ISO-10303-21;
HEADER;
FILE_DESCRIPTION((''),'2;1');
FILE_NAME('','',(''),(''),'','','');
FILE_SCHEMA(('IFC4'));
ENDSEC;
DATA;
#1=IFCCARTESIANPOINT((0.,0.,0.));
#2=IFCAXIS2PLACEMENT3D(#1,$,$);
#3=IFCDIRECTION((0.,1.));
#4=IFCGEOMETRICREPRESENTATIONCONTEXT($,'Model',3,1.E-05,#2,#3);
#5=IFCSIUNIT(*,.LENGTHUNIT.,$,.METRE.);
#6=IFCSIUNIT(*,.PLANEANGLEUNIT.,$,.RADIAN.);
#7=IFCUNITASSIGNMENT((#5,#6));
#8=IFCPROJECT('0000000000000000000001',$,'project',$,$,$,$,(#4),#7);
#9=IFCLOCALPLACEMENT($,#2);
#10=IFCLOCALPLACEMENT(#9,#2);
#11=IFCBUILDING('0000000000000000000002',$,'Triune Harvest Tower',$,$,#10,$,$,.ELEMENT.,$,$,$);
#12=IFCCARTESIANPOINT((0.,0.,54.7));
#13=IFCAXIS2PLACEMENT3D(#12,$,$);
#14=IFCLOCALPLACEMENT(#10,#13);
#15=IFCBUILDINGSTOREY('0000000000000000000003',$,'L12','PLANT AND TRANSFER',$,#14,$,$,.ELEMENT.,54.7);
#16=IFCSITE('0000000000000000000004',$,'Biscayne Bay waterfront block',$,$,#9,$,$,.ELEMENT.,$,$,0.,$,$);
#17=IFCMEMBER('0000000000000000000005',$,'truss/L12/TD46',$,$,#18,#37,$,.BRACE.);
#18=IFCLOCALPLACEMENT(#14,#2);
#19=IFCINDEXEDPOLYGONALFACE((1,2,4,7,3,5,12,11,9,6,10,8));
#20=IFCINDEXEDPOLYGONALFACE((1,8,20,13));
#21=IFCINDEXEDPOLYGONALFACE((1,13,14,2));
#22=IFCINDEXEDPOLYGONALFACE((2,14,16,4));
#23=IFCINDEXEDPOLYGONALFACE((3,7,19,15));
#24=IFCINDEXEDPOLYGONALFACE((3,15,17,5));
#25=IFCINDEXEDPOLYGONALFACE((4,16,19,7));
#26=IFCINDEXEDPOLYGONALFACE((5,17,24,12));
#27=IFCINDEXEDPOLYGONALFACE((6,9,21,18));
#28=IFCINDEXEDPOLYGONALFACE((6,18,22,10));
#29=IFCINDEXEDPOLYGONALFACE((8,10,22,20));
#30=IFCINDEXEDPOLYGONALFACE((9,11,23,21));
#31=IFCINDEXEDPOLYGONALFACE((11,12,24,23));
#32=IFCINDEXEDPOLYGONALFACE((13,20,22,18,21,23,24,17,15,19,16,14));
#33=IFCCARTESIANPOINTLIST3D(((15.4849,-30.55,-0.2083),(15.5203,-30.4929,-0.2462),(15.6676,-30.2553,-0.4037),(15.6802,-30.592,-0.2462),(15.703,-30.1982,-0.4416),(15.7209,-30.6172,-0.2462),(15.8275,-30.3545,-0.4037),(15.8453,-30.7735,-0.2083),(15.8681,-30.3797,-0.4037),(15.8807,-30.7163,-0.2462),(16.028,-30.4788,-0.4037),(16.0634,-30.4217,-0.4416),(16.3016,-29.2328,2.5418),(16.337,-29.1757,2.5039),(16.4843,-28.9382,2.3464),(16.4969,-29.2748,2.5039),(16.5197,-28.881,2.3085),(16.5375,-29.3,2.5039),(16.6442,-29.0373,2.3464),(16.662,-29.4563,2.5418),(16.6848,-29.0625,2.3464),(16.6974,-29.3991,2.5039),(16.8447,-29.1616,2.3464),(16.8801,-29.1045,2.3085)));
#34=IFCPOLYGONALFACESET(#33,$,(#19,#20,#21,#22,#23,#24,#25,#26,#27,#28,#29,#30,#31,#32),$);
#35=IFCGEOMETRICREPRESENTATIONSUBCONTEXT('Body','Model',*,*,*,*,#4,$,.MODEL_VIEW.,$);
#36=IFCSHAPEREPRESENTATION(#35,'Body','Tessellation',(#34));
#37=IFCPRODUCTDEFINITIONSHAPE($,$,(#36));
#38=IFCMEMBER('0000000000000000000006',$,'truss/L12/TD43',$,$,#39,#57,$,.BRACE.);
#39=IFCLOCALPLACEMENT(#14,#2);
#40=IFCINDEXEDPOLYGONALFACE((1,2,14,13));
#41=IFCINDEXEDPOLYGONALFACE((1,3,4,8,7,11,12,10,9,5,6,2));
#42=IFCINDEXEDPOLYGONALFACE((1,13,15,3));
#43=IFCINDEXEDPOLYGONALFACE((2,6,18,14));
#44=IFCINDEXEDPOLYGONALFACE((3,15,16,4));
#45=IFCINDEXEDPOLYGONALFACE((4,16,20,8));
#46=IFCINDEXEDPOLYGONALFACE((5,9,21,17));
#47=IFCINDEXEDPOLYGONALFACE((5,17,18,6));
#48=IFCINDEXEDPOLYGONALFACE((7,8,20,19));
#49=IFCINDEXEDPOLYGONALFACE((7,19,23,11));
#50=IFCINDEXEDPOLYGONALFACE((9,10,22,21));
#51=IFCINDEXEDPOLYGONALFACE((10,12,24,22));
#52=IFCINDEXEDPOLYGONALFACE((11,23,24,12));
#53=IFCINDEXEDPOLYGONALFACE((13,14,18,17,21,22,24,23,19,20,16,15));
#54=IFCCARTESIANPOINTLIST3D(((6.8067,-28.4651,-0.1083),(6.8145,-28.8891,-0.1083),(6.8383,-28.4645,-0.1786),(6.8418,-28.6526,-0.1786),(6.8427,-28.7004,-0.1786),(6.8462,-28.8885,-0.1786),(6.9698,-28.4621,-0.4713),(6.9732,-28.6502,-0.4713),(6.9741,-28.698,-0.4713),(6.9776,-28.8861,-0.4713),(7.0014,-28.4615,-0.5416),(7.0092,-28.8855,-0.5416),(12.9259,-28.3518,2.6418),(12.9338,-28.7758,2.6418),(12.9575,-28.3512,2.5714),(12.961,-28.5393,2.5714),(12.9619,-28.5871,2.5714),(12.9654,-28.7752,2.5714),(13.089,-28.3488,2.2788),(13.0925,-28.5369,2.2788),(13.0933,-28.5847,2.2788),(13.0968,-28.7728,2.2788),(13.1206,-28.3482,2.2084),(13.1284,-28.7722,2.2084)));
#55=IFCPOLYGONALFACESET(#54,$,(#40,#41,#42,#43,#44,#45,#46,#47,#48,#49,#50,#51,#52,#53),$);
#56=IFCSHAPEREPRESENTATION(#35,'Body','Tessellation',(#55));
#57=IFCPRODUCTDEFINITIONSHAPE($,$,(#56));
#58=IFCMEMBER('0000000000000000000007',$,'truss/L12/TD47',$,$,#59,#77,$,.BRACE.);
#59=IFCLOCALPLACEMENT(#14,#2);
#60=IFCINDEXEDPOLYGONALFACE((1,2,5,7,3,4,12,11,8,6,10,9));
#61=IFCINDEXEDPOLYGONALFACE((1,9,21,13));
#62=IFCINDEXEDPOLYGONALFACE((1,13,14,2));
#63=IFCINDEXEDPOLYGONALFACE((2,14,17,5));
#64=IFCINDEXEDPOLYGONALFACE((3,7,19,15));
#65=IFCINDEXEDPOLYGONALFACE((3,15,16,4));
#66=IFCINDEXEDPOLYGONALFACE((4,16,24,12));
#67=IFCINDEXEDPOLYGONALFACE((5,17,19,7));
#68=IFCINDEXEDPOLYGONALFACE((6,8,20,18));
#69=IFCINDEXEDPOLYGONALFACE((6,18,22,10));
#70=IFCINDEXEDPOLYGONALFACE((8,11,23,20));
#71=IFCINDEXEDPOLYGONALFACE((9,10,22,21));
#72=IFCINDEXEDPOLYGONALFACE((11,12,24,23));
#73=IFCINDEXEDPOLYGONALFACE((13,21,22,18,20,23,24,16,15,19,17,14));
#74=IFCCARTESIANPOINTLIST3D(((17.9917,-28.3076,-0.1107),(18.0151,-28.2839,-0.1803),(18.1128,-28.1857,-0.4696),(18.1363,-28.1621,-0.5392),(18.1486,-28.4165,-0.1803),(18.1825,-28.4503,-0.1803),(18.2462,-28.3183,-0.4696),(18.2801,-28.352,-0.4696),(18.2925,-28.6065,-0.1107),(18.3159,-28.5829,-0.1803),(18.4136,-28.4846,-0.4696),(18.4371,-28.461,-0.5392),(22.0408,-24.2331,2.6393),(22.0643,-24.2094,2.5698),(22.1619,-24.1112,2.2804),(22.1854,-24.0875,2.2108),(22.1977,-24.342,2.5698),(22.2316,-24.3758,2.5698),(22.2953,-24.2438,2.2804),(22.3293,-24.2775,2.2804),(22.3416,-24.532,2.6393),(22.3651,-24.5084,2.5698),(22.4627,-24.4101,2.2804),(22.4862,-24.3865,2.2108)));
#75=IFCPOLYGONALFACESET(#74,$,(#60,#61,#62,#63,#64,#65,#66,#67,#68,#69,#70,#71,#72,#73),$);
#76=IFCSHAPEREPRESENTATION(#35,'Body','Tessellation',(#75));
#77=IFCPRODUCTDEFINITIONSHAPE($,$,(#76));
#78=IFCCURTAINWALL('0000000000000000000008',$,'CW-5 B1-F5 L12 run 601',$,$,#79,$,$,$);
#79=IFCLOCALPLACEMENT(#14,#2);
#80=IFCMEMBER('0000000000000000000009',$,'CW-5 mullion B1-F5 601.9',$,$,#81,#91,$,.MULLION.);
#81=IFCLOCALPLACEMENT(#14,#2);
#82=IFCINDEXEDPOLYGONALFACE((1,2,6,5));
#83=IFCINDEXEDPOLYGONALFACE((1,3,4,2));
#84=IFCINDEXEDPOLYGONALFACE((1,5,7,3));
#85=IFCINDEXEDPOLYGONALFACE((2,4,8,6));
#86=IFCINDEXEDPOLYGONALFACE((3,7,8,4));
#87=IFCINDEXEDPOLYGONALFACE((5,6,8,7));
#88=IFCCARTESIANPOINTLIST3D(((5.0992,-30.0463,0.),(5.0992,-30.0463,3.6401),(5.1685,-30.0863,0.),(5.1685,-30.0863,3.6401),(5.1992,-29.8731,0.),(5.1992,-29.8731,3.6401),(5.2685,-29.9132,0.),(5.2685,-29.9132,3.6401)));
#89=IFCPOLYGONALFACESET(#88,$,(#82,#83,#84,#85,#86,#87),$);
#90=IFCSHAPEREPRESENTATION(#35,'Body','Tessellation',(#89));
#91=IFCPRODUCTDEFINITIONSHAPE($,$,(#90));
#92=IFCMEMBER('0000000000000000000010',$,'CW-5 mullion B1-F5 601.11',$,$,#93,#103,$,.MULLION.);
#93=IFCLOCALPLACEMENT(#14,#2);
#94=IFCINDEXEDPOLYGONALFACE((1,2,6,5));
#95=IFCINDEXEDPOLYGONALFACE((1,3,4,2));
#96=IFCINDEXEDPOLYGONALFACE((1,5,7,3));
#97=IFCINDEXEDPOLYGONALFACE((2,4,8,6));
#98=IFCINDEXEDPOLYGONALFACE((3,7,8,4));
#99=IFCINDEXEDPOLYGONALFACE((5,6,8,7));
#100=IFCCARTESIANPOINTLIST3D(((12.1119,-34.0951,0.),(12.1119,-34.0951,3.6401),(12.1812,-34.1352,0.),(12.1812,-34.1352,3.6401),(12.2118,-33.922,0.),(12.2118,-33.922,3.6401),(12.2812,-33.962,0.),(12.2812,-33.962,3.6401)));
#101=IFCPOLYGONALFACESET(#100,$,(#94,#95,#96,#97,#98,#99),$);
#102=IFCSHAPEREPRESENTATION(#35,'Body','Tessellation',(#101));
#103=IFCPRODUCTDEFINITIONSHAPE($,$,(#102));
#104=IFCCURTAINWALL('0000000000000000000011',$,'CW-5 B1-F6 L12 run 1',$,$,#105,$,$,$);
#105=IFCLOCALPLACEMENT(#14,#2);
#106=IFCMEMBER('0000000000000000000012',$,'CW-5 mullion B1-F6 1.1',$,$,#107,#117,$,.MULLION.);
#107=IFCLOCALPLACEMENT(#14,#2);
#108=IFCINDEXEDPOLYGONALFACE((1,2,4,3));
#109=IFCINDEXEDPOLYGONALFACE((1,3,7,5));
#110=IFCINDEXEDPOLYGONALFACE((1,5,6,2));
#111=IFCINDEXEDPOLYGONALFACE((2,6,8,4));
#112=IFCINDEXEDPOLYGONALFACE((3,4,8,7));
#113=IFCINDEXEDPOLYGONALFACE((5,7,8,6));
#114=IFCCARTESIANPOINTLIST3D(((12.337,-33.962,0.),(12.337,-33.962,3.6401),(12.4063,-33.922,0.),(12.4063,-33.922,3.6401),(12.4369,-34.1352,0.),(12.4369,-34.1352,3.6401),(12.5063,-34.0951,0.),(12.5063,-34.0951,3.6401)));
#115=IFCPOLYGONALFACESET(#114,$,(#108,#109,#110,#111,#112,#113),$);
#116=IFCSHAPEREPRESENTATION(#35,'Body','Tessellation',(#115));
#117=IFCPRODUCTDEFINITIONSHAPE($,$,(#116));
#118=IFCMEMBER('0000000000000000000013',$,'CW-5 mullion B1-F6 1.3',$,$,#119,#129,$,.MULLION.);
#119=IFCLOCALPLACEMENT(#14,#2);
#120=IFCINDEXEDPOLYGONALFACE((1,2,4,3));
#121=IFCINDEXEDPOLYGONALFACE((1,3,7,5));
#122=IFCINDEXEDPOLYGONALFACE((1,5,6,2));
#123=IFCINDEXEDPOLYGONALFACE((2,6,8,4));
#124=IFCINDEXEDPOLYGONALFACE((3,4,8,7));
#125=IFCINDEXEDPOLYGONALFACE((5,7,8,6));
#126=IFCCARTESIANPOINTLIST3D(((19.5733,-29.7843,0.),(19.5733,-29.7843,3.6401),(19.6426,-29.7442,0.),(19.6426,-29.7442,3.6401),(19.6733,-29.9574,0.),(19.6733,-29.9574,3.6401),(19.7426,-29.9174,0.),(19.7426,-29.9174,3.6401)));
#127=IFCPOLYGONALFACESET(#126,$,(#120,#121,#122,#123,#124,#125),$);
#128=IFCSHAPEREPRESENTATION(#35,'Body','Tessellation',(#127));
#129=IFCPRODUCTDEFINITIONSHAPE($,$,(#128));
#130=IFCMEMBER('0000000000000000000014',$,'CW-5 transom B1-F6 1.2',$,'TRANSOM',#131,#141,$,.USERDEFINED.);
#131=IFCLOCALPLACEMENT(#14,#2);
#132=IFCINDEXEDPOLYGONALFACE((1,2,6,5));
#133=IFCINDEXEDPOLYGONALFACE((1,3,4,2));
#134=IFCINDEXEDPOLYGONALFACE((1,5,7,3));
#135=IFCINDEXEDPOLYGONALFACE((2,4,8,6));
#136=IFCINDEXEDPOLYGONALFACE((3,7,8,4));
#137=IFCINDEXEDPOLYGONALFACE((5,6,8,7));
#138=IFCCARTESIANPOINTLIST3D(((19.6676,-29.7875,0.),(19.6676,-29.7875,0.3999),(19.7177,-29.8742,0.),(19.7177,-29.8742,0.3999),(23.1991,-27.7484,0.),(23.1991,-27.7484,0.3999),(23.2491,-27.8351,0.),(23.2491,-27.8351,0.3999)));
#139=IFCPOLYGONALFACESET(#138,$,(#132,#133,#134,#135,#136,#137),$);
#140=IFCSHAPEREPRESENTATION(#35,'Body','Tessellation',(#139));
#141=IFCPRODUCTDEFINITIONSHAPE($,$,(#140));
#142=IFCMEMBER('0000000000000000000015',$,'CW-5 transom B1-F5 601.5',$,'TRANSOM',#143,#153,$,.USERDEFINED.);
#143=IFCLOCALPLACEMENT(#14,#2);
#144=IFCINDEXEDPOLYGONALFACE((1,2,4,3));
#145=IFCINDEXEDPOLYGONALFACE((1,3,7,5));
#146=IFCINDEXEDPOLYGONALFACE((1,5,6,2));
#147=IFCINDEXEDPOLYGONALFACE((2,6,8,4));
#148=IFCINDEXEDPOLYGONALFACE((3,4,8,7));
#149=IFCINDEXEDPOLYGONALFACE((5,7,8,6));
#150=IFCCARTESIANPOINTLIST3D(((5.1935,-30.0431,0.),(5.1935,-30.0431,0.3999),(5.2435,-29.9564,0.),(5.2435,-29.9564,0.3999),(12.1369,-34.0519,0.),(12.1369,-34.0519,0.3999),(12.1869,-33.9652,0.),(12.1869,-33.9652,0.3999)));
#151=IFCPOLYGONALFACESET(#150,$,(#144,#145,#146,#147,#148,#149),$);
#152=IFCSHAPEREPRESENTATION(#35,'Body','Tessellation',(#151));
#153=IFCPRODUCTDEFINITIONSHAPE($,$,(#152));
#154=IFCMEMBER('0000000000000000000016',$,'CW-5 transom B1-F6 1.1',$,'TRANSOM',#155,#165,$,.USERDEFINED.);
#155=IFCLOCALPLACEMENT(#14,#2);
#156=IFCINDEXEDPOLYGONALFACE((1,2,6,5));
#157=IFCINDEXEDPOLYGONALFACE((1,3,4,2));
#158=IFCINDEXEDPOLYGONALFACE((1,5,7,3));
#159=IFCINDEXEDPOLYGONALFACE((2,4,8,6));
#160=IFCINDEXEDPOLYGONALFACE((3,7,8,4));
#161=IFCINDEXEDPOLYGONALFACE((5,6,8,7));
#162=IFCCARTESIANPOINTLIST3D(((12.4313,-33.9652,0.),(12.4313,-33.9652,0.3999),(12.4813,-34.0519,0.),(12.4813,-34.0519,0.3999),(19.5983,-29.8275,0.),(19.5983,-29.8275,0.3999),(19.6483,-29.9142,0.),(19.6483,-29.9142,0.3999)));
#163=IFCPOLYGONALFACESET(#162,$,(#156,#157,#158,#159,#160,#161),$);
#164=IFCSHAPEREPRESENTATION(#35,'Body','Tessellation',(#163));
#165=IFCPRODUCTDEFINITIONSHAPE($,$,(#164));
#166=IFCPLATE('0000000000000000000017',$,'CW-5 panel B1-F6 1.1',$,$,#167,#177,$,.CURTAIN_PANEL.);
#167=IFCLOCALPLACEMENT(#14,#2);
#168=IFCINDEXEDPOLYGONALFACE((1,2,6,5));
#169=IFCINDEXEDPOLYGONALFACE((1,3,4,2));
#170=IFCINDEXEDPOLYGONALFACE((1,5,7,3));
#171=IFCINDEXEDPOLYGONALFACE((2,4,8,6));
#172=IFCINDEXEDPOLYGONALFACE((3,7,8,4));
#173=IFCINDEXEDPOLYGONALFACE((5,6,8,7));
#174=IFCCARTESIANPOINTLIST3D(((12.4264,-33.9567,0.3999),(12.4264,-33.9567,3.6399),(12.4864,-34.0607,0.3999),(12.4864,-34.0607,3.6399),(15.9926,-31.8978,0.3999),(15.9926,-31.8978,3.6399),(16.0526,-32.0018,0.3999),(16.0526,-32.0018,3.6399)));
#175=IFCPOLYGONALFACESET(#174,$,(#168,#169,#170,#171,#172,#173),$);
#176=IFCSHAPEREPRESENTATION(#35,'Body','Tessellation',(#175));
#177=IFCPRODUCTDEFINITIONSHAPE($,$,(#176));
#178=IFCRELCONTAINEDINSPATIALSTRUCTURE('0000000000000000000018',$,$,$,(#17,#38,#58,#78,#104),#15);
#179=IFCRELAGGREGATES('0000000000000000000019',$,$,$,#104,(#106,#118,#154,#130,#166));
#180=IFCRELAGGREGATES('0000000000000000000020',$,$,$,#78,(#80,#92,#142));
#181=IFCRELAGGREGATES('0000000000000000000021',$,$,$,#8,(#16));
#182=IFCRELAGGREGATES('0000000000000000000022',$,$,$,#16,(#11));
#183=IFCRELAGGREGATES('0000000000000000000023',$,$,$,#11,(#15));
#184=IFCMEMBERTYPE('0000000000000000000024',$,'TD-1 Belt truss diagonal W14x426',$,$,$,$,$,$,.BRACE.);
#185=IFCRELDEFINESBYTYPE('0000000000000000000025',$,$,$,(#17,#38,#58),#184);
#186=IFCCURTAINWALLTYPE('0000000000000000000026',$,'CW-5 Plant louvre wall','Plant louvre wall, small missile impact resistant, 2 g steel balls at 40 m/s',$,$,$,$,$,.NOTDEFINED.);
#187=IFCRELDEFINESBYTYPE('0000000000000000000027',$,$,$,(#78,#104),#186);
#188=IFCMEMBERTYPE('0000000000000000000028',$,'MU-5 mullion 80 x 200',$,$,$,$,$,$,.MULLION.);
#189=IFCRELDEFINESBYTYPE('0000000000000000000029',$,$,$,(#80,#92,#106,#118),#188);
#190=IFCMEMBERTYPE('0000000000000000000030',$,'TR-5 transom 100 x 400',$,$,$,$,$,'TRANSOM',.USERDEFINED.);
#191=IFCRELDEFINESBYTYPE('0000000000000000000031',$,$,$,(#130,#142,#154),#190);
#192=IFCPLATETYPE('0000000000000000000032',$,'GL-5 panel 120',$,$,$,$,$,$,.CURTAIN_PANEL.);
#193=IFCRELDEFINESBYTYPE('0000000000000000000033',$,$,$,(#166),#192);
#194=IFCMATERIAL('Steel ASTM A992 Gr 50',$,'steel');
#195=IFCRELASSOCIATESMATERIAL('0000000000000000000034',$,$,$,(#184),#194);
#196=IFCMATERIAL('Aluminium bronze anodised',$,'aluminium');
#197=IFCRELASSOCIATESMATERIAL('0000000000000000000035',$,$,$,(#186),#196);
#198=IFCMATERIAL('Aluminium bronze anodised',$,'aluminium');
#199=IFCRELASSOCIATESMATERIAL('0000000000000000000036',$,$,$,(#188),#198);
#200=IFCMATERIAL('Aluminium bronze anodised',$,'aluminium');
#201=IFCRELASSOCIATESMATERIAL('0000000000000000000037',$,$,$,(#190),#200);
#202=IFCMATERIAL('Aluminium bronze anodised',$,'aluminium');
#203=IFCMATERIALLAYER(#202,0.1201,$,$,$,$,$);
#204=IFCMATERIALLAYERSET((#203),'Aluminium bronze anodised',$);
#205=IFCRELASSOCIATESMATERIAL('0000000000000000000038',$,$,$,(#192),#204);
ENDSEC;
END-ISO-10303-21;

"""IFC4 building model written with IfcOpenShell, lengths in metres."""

from ifc_helpers import new_model, si_unit, direction, frame, origin, origin_2d, place, context, subcontext, project, spatial, rectangle, i_section, extrude, source, transform, mapped, material, layer, layer_set, material_profile, profile_set, type_object, element, aggregate, save


model = new_model("IFC4")

# Units and contexts
model_context = context("Model", 3, precision=1e-05, world=origin(), true_north=direction((0.0, 1.0)))
body_context = subcontext(model_context, "Body", "Model", "MODEL_VIEW")
ifc_project = project(units=[si_unit("LENGTHUNIT", "METRE"), si_unit("PLANEANGLEUNIT", "RADIAN")], contexts=[model_context])

# Site, building, storey
site_placement = place(None, origin())
site = spatial("IfcSite", under=ifc_project, at=site_placement, Name="Biscayne Bay waterfront block", CompositionType="ELEMENT", RefElevation=0.0)
building_placement = place(site_placement, origin())
building = spatial("IfcBuilding", under=site, at=building_placement, Name="Triune Harvest Tower", CompositionType="ELEMENT")
storey_placement = place(building_placement, frame((0.0, 0.0, 54.7)))
storey = spatial("IfcBuildingStorey", under=building, at=storey_placement, Name="L12", Description="PLANT AND TRANSFER", CompositionType="ELEMENT", Elevation=54.7)

# Members
ifc_material_1 = material(Name="Steel ASTM A992 Gr 50", Category="steel")
ifc_material_profile_1 = material_profile(ifc_material_1, i_section(OverallWidth=0.4241, OverallDepth=0.4751, WebThickness=0.0479, FlangeThickness=0.0771, at=origin_2d()), Name="W14x426")
ifc_profile_set_1 = profile_set([ifc_material_profile_1], Name="Steel ASTM A992 Gr 50")
member_type_1 = type_object("IfcMemberType", Name="TD-1 Belt truss diagonal W14x426", PredefinedType="BRACE", material=ifc_profile_set_1)
shared_shape_1 = source(origin(), body_context, "Body", "SweptSolid", [
    extrude(i_section(OverallWidth=0.4241, OverallDepth=0.4751, WebThickness=0.0479, FlangeThickness=0.0771, at=origin_2d()), origin(), (0.0, 0.0, 1.0), 3.1567),
])
member_1_placement = place(storey_placement, frame((15.7742, -30.4858, -0.325), z_axis=(0.25871, 0.417262, 0.871184), x_axis=(-0.849896, 0.526951, 0.0)))
element("IfcMember", 1, at=member_1_placement, inside=storey, type_object=member_type_1, Name="truss/L12/TD46", PredefinedType="BRACE", context=body_context, shape_type="MappedRepresentation", body=[
    mapped(shared_shape_1, transform((0.0, 0.0, 0.0), scale=1.0)),
])
shared_shape_2 = source(origin(), body_context, "Body", "SweptSolid", [
    extrude(i_section(OverallWidth=0.4241, OverallDepth=0.4751, WebThickness=0.0479, FlangeThickness=0.0771, at=origin_2d()), origin(), (0.0, 0.0, 1.0), 6.7097),
])
member_2_placement = place(storey_placement, frame((6.908, -28.6753, -0.325), z_axis=(0.911993, 0.016883, 0.409858), x_axis=(-0.018509, 0.999829, 0.0)))
element("IfcMember", 2, at=member_2_placement, inside=storey, type_object=member_type_1, Name="truss/L12/TD43", PredefinedType="BRACE", context=body_context, shape_type="MappedRepresentation", body=[
    mapped(shared_shape_2, transform((0.0, 0.0, 0.0), scale=1.0)),
])
shared_shape_3 = source(origin(), body_context, "Body", "SweptSolid", [
    extrude(i_section(OverallWidth=0.4241, OverallDepth=0.4751, WebThickness=0.0479, FlangeThickness=0.0771, at=origin_2d()), origin(), (0.0, 0.0, 1.0), 6.3687),
])
member_3_placement = place(storey_placement, frame((18.2144, -28.3843, -0.325), z_axis=(0.635789, 0.639776, 0.431808), x_axis=(-0.709313, 0.704893, 0.0)))
element("IfcMember", 3, at=member_3_placement, inside=storey, type_object=member_type_1, Name="truss/L12/TD47", PredefinedType="BRACE", context=body_context, shape_type="MappedRepresentation", body=[
    mapped(shared_shape_3, transform((0.0, 0.0, 0.0), scale=1.0)),
])

# Curtain walls, members
ifc_material_2 = material(Name="Aluminium bronze anodised", Category="aluminium")
curtain_wall_type = type_object("IfcCurtainWallType", Name="CW-5 Plant louvre wall", Description="Plant louvre wall, small missile impact resistant, 2 g steel balls at 40 m/s", PredefinedType="NOTDEFINED", material=ifc_material_2)
curtain_wall_1_placement = place(storey_placement, origin())
curtain_wall_1 = element("IfcCurtainWall", 4, at=curtain_wall_1_placement, inside=storey, type_object=curtain_wall_type, Name="CW-5 B1-F5 L12 run 601")
ifc_material_3 = material(Name="Aluminium bronze anodised", Category="aluminium")
ifc_material_profile_2 = material_profile(ifc_material_3, rectangle(XDim=0.2, YDim=0.0801, at=origin_2d()), Name="MU-5 mullion 80 x 200")
ifc_profile_set_2 = profile_set([ifc_material_profile_2], Name="Aluminium bronze anodised")
member_type_2 = type_object("IfcMemberType", Name="MU-5 mullion 80 x 200", PredefinedType="MULLION", material=ifc_profile_set_2)
shared_shape_4 = source(origin(), body_context, "Body", "SweptSolid", [
    extrude(rectangle(XDim=0.2, YDim=0.0801, at=origin_2d()), origin(), (0.0, 0.0, 1.0), 3.6401),
])
member_4_placement = place(storey_placement, frame((5.1838, -29.9797, 0.0), z_axis=(0.0, 0.0, 1.0), x_axis=(0.5, 0.866025, 0.0)))
member_4 = element("IfcMember", 5, at=member_4_placement, type_object=member_type_2, Name="CW-5 mullion B1-F5 601.9", PredefinedType="MULLION", context=body_context, shape_type="MappedRepresentation", body=[
    mapped(shared_shape_4, transform((0.0, 0.0, 0.0), scale=1.0)),
])
member_5_placement = place(storey_placement, frame((12.1965, -34.0286, 0.0), z_axis=(0.0, 0.0, 1.0), x_axis=(0.5, 0.866025, 0.0)))
member_5 = element("IfcMember", 6, at=member_5_placement, type_object=member_type_2, Name="CW-5 mullion B1-F5 601.11", PredefinedType="MULLION", context=body_context, shape_type="MappedRepresentation", body=[
    mapped(shared_shape_4, transform((0.0, 0.0, 0.0), scale=1.0)),
])
curtain_wall_2_placement = place(storey_placement, origin())
curtain_wall_2 = element("IfcCurtainWall", 7, at=curtain_wall_2_placement, inside=storey, type_object=curtain_wall_type, Name="CW-5 B1-F6 L12 run 1")
member_6_placement = place(storey_placement, frame((12.4216, -34.0286, 0.0), z_axis=(0.0, 0.0, 1.0), x_axis=(-0.499999, 0.866026, 0.0)))
member_6 = element("IfcMember", 8, at=member_6_placement, type_object=member_type_2, Name="CW-5 mullion B1-F6 1.1", PredefinedType="MULLION", context=body_context, shape_type="MappedRepresentation", body=[
    mapped(shared_shape_4, transform((0.0, 0.0, 0.0), scale=1.0)),
])
member_7_placement = place(storey_placement, frame((19.658, -29.8508, 0.0), z_axis=(0.0, 0.0, 1.0), x_axis=(-0.499999, 0.866026, 0.0)))
member_7 = element("IfcMember", 9, at=member_7_placement, type_object=member_type_2, Name="CW-5 mullion B1-F6 1.3", PredefinedType="MULLION", context=body_context, shape_type="MappedRepresentation", body=[
    mapped(shared_shape_4, transform((0.0, 0.0, 0.0), scale=1.0)),
])
ifc_material_4 = material(Name="Aluminium bronze anodised", Category="aluminium")
ifc_material_profile_3 = material_profile(ifc_material_4, rectangle(XDim=0.1001, YDim=0.3999, at=origin_2d()), Name="TR-5 transom 100 x 400")
ifc_profile_set_3 = profile_set([ifc_material_profile_3], Name="Aluminium bronze anodised")
member_type_3 = type_object("IfcMemberType", Name="TR-5 transom 100 x 400", ElementType="TRANSOM", PredefinedType="USERDEFINED", material=ifc_profile_set_3)
shared_shape_5 = source(origin(), body_context, "Body", "SweptSolid", [
    extrude(rectangle(XDim=0.1001, YDim=0.3999, at=origin_2d()), origin(), (0.0, 0.0, 1.0), 4.0779),
])
member_8_placement = place(storey_placement, frame((19.6926, -29.8308, 0.2), z_axis=(0.866009, 0.500028, 0.0), x_axis=(-0.500028, 0.866009, 0.0)))
member_8 = element("IfcMember", 10, at=member_8_placement, type_object=member_type_3, Name="CW-5 transom B1-F6 1.2", ObjectType="TRANSOM", PredefinedType="USERDEFINED", context=body_context, shape_type="MappedRepresentation", body=[
    mapped(shared_shape_5, transform((0.0, 0.0, 0.0), scale=1.0)),
])

# Members
shared_shape_6 = source(origin(), body_context, "Body", "SweptSolid", [
    extrude(rectangle(XDim=0.1001, YDim=0.3999, at=origin_2d()), origin(), (0.0, 0.0, 1.0), 8.0176),
])
member_9_placement = place(storey_placement, frame((5.2185, -29.9998, 0.2), z_axis=(0.866023, -0.500004, 0.0), x_axis=(0.500004, 0.866023, 0.0)))
member_9 = element("IfcMember", 11, at=member_9_placement, type_object=member_type_3, Name="CW-5 transom B1-F5 601.5", ObjectType="TRANSOM", PredefinedType="USERDEFINED", context=body_context, shape_type="MappedRepresentation", body=[
    mapped(shared_shape_6, transform((0.0, 0.0, 0.0), scale=1.0)),
])
shared_shape_7 = source(origin(), body_context, "Body", "SweptSolid", [
    extrude(rectangle(XDim=0.1001, YDim=0.3999, at=origin_2d()), origin(), (0.0, 0.0, 1.0), 8.2756),
])
member_10_placement = place(storey_placement, frame((12.4563, -34.0085, 0.2), z_axis=(0.866034, 0.499985, 0.0), x_axis=(-0.499985, 0.866034, 0.0)))
member_10 = element("IfcMember", 12, at=member_10_placement, type_object=member_type_3, Name="CW-5 transom B1-F6 1.1", ObjectType="TRANSOM", PredefinedType="USERDEFINED", context=body_context, shape_type="MappedRepresentation", body=[
    mapped(shared_shape_7, transform((0.0, 0.0, 0.0), scale=1.0)),
])

# Plate
ifc_material_5 = material(Name="Aluminium bronze anodised", Category="aluminium")
ifc_layer_1 = layer(ifc_material_5, 0.1201)
ifc_layer_set_1 = layer_set([ifc_layer_1], Name="Aluminium bronze anodised")
plate_type = type_object("IfcPlateType", Name="GL-5 panel 120", PredefinedType="CURTAIN_PANEL", material=ifc_layer_set_1)
shared_shape_8 = source(origin(), body_context, "Body", "SweptSolid", [
    extrude(rectangle(XDim=4.1179, YDim=0.1201, at=origin_2d()), origin(), (0.0, 0.0, 1.0), 3.24),
])
plate_1_placement = place(storey_placement, frame((14.2395, -32.9792, 0.3999), z_axis=(0.0, 0.0, 1.0), x_axis=(0.866026, 0.499999, 0.0)))
plate_1 = element("IfcPlate", 13, at=plate_1_placement, type_object=plate_type, Name="CW-5 panel B1-F6 1.1", PredefinedType="CURTAIN_PANEL", context=body_context, shape_type="MappedRepresentation", body=[
    mapped(shared_shape_8, transform((0.0, 0.0, 0.0), scale=1.0)),
])
aggregate(curtain_wall_2, [member_6, member_7, member_10, member_8, plate_1])
aggregate(curtain_wall_1, [member_4, member_5, member_9])

save(model, "model.ifc")
